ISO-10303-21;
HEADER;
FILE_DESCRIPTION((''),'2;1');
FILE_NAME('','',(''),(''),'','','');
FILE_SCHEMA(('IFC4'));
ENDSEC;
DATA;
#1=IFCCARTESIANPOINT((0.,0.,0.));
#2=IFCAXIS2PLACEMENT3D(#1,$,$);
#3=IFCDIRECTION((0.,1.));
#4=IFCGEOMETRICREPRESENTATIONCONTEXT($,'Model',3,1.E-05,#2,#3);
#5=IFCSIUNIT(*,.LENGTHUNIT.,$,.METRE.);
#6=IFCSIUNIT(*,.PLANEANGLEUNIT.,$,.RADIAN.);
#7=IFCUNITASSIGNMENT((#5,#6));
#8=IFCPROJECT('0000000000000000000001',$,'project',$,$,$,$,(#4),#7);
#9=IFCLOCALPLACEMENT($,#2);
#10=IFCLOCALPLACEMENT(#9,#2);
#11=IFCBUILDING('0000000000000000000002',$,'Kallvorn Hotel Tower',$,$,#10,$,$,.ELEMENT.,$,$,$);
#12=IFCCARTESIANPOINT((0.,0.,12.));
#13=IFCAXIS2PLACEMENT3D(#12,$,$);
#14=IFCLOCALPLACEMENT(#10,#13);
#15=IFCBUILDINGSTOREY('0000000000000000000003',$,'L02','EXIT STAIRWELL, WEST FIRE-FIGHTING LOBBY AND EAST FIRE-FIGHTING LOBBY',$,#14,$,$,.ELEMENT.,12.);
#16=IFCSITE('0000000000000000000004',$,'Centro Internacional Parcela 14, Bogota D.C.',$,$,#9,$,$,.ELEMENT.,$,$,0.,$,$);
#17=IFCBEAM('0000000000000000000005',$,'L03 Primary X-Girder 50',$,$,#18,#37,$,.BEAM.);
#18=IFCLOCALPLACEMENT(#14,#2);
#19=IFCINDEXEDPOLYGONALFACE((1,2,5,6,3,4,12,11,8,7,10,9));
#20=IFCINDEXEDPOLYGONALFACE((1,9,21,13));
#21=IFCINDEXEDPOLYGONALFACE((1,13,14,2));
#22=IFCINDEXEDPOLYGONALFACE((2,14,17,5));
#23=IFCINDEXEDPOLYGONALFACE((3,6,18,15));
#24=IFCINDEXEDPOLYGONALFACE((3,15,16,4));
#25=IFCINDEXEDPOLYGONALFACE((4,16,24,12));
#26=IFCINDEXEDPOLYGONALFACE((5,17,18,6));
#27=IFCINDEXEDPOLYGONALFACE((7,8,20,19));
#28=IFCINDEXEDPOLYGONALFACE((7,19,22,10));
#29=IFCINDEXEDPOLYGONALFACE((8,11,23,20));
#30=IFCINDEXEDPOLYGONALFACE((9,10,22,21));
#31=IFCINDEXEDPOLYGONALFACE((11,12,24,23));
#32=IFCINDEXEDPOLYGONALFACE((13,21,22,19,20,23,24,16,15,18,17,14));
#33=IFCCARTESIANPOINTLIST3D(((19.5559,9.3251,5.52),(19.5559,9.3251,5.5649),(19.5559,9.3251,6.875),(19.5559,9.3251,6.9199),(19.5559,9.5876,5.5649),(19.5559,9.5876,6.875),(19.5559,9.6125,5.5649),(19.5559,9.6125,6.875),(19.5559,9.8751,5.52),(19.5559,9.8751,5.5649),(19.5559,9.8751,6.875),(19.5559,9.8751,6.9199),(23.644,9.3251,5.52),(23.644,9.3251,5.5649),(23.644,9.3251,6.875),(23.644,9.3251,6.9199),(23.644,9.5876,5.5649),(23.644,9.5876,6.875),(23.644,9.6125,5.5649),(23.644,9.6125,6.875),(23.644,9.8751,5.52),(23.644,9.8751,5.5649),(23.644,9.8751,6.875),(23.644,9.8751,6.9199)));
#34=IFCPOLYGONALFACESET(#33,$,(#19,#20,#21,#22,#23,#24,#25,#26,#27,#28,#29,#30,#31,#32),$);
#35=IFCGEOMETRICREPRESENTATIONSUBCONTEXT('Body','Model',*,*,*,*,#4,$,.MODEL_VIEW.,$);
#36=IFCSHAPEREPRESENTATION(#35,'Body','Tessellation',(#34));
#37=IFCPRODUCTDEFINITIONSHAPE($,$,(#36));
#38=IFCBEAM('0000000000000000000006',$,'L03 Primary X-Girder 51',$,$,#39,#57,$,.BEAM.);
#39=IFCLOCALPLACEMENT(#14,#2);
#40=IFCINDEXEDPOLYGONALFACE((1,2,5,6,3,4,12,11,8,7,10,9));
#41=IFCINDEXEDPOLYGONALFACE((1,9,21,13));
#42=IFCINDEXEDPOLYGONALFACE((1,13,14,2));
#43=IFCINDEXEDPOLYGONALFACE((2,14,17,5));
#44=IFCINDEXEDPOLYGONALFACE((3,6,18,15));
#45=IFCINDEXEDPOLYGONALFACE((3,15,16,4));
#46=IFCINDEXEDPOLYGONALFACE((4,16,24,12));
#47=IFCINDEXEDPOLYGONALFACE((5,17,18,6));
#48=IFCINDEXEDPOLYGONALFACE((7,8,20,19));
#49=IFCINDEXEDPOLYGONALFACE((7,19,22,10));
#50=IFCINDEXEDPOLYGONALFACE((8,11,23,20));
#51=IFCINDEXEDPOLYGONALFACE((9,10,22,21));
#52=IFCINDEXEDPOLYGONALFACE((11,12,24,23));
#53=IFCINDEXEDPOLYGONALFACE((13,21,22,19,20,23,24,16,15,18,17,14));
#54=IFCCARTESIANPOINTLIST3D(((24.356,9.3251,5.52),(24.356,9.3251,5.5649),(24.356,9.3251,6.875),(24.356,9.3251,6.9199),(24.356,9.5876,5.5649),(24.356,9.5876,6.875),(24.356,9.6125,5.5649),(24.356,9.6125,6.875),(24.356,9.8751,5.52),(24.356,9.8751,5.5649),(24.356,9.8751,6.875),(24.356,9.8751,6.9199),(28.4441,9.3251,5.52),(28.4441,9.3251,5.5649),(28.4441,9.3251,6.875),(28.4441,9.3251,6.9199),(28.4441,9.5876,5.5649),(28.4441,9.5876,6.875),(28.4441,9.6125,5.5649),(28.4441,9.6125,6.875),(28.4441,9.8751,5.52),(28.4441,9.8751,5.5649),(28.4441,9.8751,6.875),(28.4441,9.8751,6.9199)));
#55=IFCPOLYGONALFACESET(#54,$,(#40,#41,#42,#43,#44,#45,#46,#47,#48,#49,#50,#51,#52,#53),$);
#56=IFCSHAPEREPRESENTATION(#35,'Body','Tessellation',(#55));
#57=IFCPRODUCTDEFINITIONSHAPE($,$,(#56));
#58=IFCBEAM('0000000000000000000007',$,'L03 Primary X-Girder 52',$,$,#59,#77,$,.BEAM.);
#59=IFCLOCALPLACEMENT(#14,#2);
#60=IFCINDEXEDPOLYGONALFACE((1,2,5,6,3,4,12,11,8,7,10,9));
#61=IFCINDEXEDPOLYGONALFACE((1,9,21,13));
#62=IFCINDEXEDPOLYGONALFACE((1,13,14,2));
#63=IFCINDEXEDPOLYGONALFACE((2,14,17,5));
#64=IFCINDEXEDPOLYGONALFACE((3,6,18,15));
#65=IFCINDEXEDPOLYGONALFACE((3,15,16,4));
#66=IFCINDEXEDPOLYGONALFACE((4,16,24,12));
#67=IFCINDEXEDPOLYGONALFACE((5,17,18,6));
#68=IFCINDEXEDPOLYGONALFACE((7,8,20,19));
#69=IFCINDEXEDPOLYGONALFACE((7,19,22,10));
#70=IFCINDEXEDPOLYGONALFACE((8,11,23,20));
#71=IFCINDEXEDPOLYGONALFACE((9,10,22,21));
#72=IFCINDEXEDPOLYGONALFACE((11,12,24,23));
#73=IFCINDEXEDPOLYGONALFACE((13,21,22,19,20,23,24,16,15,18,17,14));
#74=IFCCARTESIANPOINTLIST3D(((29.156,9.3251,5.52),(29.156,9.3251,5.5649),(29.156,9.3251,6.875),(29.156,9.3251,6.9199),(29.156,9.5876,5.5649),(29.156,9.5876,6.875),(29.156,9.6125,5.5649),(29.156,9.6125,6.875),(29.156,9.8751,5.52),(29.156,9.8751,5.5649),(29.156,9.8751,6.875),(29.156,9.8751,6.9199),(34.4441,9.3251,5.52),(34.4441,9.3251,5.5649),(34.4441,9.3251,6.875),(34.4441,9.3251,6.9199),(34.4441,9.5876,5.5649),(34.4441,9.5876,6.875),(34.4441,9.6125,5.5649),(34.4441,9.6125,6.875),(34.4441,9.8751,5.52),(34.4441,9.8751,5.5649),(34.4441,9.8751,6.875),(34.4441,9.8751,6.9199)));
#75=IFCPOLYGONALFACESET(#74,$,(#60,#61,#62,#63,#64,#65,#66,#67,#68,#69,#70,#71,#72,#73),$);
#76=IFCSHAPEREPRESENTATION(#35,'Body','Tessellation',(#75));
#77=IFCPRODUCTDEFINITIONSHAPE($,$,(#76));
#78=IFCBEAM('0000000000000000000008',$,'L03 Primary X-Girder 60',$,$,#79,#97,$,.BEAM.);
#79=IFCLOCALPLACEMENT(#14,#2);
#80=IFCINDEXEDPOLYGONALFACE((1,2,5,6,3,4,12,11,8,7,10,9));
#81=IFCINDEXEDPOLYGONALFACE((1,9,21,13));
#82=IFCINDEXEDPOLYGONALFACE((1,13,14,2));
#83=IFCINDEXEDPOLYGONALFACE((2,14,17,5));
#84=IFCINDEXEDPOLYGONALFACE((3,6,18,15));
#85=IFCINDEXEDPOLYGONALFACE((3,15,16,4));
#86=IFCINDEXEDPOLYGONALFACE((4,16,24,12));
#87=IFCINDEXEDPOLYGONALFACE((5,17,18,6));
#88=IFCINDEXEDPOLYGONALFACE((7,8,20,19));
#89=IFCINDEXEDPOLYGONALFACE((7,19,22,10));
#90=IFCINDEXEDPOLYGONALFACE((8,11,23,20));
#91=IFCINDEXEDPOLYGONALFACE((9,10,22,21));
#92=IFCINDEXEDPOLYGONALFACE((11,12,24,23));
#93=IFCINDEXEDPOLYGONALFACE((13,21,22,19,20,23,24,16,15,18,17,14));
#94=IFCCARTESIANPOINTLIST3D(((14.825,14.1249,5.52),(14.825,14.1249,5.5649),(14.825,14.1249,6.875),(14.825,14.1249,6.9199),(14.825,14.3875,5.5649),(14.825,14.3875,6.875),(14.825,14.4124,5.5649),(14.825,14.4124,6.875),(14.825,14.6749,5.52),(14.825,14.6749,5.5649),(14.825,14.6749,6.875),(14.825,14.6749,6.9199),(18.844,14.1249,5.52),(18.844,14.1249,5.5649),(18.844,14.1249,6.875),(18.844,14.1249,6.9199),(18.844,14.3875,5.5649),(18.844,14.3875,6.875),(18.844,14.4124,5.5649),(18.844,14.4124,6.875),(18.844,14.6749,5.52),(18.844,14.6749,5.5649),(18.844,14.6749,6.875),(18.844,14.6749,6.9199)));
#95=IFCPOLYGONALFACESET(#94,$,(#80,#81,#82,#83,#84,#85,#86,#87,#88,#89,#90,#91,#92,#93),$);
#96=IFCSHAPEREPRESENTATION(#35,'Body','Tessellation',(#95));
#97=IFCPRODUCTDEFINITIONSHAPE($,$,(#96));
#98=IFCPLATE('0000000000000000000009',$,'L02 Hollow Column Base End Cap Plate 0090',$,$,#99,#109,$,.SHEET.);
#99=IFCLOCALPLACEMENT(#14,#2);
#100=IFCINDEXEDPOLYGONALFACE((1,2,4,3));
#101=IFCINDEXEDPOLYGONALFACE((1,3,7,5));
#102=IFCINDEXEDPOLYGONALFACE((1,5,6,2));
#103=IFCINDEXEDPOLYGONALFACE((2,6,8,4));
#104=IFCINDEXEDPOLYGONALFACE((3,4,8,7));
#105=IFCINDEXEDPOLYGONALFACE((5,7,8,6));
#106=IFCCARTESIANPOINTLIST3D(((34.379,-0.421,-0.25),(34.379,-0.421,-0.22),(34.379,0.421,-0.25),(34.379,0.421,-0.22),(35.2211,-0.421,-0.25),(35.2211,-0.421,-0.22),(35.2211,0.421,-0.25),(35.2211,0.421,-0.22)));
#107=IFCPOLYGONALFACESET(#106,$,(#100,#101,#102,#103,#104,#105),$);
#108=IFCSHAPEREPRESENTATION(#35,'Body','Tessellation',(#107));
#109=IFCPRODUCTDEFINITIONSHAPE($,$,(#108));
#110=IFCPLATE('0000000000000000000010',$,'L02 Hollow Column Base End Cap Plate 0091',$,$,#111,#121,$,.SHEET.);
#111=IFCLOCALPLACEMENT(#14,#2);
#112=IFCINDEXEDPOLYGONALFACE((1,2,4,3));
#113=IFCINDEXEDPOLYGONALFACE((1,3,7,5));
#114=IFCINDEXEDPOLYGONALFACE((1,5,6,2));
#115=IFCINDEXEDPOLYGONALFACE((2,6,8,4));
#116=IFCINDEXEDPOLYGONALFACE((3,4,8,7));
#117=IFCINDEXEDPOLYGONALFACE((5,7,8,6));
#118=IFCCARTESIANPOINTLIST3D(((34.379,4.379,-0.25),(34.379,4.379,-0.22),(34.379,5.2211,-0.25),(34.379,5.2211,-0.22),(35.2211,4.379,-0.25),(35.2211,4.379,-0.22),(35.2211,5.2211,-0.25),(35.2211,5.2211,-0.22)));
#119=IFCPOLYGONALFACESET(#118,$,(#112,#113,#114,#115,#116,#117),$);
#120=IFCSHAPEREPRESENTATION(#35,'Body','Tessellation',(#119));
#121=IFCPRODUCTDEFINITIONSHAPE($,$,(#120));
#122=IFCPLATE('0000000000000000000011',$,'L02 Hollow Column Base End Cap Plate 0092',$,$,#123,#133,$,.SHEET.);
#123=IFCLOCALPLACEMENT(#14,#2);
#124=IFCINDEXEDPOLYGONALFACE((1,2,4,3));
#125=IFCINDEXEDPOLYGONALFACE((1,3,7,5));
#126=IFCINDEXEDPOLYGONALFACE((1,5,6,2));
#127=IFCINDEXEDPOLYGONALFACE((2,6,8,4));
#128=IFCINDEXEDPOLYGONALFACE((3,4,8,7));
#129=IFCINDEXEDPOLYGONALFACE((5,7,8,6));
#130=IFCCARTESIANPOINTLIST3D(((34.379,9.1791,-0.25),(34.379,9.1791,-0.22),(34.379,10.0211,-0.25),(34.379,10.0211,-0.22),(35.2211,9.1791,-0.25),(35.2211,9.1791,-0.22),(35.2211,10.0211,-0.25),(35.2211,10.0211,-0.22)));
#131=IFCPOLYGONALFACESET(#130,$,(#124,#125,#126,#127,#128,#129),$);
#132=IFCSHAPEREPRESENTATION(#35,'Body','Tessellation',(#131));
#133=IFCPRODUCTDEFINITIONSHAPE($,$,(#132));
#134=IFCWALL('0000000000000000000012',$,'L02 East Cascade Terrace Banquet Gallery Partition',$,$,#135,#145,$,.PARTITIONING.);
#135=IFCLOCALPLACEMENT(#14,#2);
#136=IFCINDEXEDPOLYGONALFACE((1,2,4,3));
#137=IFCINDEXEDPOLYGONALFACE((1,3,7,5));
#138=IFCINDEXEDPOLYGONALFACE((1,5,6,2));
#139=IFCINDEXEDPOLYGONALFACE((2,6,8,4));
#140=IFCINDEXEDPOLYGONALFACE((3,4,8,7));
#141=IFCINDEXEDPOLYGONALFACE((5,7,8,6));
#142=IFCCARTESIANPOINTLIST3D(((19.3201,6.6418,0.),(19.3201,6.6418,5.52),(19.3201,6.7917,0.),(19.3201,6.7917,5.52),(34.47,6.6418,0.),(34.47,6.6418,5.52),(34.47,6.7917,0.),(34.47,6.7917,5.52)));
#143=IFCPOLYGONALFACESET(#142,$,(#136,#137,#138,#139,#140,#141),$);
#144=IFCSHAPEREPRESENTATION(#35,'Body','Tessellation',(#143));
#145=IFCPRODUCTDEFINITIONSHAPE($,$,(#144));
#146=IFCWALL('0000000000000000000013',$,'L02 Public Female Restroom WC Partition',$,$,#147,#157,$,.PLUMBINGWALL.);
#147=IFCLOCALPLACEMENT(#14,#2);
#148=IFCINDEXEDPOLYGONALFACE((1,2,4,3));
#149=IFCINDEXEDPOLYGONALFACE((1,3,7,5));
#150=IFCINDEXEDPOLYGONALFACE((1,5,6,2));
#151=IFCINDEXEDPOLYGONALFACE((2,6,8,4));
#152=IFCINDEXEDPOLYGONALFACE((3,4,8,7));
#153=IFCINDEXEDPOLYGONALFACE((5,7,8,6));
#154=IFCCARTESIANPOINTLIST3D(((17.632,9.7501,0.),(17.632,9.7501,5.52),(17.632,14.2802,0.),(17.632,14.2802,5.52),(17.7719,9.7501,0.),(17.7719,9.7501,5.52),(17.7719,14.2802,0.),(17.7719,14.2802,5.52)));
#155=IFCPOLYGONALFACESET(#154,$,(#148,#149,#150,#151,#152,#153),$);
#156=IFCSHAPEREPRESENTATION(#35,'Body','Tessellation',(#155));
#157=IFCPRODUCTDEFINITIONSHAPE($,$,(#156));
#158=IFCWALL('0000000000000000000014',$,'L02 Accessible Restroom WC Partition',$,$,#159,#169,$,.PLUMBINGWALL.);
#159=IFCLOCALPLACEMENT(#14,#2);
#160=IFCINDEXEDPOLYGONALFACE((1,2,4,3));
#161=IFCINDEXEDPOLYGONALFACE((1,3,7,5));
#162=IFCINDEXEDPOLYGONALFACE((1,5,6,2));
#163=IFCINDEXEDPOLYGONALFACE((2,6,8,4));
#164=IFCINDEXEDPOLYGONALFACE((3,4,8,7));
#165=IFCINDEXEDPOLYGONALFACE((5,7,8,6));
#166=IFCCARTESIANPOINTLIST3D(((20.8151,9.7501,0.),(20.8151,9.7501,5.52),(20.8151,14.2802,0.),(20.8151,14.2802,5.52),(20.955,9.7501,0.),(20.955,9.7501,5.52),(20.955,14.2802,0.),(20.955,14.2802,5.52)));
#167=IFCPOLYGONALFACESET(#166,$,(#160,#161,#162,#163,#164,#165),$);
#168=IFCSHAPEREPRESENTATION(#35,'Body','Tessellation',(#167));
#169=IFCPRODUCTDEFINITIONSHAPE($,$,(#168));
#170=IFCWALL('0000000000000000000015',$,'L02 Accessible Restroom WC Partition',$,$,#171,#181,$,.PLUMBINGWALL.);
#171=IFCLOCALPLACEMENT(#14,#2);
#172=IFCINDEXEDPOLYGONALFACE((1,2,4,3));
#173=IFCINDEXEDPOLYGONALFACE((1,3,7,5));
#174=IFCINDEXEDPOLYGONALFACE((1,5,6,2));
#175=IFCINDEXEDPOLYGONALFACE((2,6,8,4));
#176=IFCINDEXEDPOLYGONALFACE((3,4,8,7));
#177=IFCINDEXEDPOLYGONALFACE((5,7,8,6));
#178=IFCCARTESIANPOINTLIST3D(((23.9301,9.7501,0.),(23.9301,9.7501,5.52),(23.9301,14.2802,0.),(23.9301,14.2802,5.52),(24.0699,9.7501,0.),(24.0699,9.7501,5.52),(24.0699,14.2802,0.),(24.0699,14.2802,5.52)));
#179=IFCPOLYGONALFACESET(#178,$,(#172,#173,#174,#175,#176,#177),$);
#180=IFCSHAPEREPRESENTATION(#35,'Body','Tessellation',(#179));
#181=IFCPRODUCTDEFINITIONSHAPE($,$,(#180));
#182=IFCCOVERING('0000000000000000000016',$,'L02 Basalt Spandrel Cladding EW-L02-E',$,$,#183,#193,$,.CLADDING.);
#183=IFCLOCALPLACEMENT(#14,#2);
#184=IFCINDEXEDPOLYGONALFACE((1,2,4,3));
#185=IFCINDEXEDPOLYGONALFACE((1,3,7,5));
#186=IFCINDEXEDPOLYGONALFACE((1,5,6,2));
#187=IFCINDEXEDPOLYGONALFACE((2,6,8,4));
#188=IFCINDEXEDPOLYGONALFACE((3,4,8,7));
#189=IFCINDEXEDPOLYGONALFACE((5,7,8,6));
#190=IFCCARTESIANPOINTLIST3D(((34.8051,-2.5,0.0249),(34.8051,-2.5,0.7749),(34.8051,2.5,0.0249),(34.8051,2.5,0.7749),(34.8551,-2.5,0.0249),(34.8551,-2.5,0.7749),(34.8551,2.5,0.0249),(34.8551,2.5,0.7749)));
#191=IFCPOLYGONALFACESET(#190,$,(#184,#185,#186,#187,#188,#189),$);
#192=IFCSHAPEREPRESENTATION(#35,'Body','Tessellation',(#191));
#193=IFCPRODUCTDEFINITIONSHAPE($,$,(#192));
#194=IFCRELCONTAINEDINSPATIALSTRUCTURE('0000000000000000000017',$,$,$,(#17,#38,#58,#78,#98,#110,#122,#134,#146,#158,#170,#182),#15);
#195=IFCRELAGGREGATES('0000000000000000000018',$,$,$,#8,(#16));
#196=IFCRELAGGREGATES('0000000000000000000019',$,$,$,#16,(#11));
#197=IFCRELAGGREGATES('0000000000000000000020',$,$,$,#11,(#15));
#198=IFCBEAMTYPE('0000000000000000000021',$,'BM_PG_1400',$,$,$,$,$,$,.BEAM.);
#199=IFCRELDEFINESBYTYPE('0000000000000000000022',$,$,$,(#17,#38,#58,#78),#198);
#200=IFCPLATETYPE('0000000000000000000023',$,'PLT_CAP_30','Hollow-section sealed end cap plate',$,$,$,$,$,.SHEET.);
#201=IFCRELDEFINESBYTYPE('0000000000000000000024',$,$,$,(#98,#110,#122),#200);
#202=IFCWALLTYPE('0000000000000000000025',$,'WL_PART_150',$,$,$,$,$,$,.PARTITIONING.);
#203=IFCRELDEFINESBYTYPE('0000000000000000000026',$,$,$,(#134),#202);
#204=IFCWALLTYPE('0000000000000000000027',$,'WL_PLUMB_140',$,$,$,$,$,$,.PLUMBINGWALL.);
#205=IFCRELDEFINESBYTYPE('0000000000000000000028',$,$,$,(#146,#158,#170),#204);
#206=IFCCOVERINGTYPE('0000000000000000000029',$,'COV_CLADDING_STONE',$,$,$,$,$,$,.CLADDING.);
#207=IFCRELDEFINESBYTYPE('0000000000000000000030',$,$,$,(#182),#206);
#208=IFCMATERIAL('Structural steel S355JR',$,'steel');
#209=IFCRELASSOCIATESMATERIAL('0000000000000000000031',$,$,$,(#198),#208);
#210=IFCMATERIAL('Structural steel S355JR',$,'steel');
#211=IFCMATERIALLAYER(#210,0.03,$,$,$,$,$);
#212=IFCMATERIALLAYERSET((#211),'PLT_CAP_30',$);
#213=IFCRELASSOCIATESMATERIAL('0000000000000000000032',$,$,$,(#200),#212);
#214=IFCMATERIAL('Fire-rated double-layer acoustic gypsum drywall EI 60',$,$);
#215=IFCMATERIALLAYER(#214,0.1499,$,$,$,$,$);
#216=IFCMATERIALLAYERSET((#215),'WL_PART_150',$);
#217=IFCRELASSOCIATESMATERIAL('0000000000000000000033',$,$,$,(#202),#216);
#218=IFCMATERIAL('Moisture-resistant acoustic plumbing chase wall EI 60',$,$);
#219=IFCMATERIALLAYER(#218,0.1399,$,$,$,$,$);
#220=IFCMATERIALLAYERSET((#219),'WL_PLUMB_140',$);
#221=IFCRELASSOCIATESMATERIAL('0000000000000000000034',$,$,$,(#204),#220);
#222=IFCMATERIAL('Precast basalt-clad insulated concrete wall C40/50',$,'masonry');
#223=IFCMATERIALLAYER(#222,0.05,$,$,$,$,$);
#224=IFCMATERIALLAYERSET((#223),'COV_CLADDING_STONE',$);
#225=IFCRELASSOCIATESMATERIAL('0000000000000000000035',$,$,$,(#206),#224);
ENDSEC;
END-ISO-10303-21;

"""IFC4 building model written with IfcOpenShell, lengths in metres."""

from ifc_helpers import new_model, si_unit, direction, frame, frame_2d, origin, origin_2d, place, context, subcontext, project, spatial, rectangle, i_section, extrude, material, layer, layer_set, material_profile, profile_set, type_object, element, save


model = new_model("IFC4")

# Units and contexts
model_context = context("Model", 3, precision=1e-05, world=origin(), true_north=direction((0.0, 1.0)))
body_context = subcontext(model_context, "Body", "Model", "MODEL_VIEW")
ifc_project = project(units=[si_unit("LENGTHUNIT", "METRE"), si_unit("PLANEANGLEUNIT", "RADIAN")], contexts=[model_context])

# Site, building, storey
site_placement = place(None, origin())
site = spatial("IfcSite", under=ifc_project, at=site_placement, Name="Centro Internacional Parcela 14, Bogota D.C.", CompositionType="ELEMENT", RefElevation=0.0)
building_placement = place(site_placement, origin())
building = spatial("IfcBuilding", under=site, at=building_placement, Name="Kallvorn Hotel Tower", CompositionType="ELEMENT")
storey_placement = place(building_placement, frame((0.0, 0.0, 12.0)))
storey = spatial("IfcBuildingStorey", under=building, at=storey_placement, Name="L02", Description="EXIT STAIRWELL, WEST FIRE-FIGHTING LOBBY AND EAST FIRE-FIGHTING LOBBY", CompositionType="ELEMENT", Elevation=12.0)

# Beams
ifc_material_1 = material(Name="Structural steel S355JR", Category="steel")
ifc_material_profile_1 = material_profile(ifc_material_1, i_section(OverallWidth=0.55, OverallDepth=1.3999, WebThickness=0.0249, FlangeThickness=0.0449, at=origin_2d()), Name="PG 1400x550x25x45")
ifc_profile_set_1 = profile_set([ifc_material_profile_1], Name="Structural steel S355JR")
beam_type_1 = type_object("IfcBeamType", Name="BM_PG_1400", PredefinedType="BEAM", material=ifc_profile_set_1)
for number, where, z_axis, x_axis, name in (
    (1, (19.5559, 9.6001, 6.22), (1.0, 0.0, 0.0), (0.0, 1.0, 0.0), "L03 Primary X-Girder 50"),
    (2, (24.356, 9.6001, 6.22), (1.0, 0.0, 0.0), (0.0, 1.0, 0.0), "L03 Primary X-Girder 51"),
):
    element("IfcBeam", number, at=place(storey_placement, frame(where, z_axis=z_axis, x_axis=x_axis)), inside=storey, type_object=beam_type_1, Name=name, PredefinedType="BEAM", context=body_context, shape_type="SweptSolid", body=[
        extrude(i_section(OverallWidth=0.55, OverallDepth=1.3999, WebThickness=0.0249, FlangeThickness=0.0449, at=origin_2d()), origin(), (0.0, 0.0, 1.0), 4.0881),
    ])
beam_1_placement = place(storey_placement, frame((29.156, 9.6001, 6.22), z_axis=(1.0, 0.0, 0.0), x_axis=(0.0, 1.0, 0.0)))
element("IfcBeam", 3, at=beam_1_placement, inside=storey, type_object=beam_type_1, Name="L03 Primary X-Girder 52", PredefinedType="BEAM", context=body_context, shape_type="SweptSolid", body=[
    extrude(i_section(OverallWidth=0.55, OverallDepth=1.3999, WebThickness=0.0249, FlangeThickness=0.0449, at=origin_2d()), origin(), (0.0, 0.0, 1.0), 5.2881),
])
beam_2_placement = place(storey_placement, frame((14.825, 14.3999, 6.22), z_axis=(1.0, 0.0, 0.0), x_axis=(0.0, 1.0, 0.0)))
element("IfcBeam", 4, at=beam_2_placement, inside=storey, type_object=beam_type_1, Name="L03 Primary X-Girder 60", PredefinedType="BEAM", context=body_context, shape_type="SweptSolid", body=[
    extrude(i_section(OverallWidth=0.55, OverallDepth=1.3999, WebThickness=0.0249, FlangeThickness=0.0449, at=origin_2d()), origin(), (0.0, 0.0, 1.0), 4.019),
])

# Plates
ifc_material_2 = material(Name="Structural steel S355JR", Category="steel")
ifc_layer_1 = layer(ifc_material_2, 0.03)
ifc_layer_set_1 = layer_set([ifc_layer_1], Name="PLT_CAP_30")
plate_type = type_object("IfcPlateType", Name="PLT_CAP_30", Description="Hollow-section sealed end cap plate", PredefinedType="SHEET", material=ifc_layer_set_1)
for number, where, z_axis, x_axis, name in (
    (5, (34.8, 0.0, -0.25), (0.0, 0.0, 1.0), (1.0, 0.0, 0.0), "L02 Hollow Column Base End Cap Plate 0090"),
    (6, (34.8, 4.8, -0.25), (0.0, 0.0, 1.0), (1.0, 0.0, 0.0), "L02 Hollow Column Base End Cap Plate 0091"),
    (7, (34.8, 9.6001, -0.25), (0.0, 0.0, 1.0), (1.0, 0.0, 0.0), "L02 Hollow Column Base End Cap Plate 0092"),
):
    element("IfcPlate", number, at=place(storey_placement, frame(where, z_axis=z_axis, x_axis=x_axis)), inside=storey, type_object=plate_type, Name=name, PredefinedType="SHEET", context=body_context, shape_type="SweptSolid", body=[
        extrude(rectangle(XDim=0.842, YDim=0.842, at=origin_2d()), origin(), (0.0, 0.0, 1.0), 0.03),
    ])

# Walls
ifc_material_3 = material(Name="Fire-rated double-layer acoustic gypsum drywall EI 60")
ifc_layer_2 = layer(ifc_material_3, 0.1499)
ifc_layer_set_2 = layer_set([ifc_layer_2], Name="WL_PART_150")
wall_type_1 = type_object("IfcWallType", Name="WL_PART_150", PredefinedType="PARTITIONING", material=ifc_layer_set_2)
wall_placement = place(storey_placement, frame((19.3201, 6.7168, 0.0), z_axis=(0.0, 0.0, 1.0), x_axis=(1.0, 0.0, 0.0)))
element("IfcWall", 8, at=wall_placement, inside=storey, type_object=wall_type_1, Name="L02 East Cascade Terrace Banquet Gallery Partition", PredefinedType="PARTITIONING", context=body_context, shape_type="SweptSolid", body=[
    extrude(rectangle(XDim=15.1499, YDim=0.1499, at=frame_2d((7.575, 0.0))), origin(), (0.0, 0.0, 1.0), 5.52),
])
ifc_material_4 = material(Name="Moisture-resistant acoustic plumbing chase wall EI 60")
ifc_layer_3 = layer(ifc_material_4, 0.1399)
ifc_layer_set_3 = layer_set([ifc_layer_3], Name="WL_PLUMB_140")
wall_type_2 = type_object("IfcWallType", Name="WL_PLUMB_140", PredefinedType="PLUMBINGWALL", material=ifc_layer_set_3)
for number, where, z_axis, x_axis, name in (
    (9, (17.7019, 9.75, 0.0), (0.0, 0.0, 1.0), (0.0, 1.0, 0.0), "L02 Public Female Restroom WC Partition"),
    (10, (20.885, 9.75, 0.0), (0.0, 0.0, 1.0), (0.0, 1.0, 0.0), "L02 Accessible Restroom WC Partition"),
    (11, (24.0, 9.75, 0.0), (0.0, 0.0, 1.0), (0.0, 1.0, 0.0), "L02 Accessible Restroom WC Partition"),
):
    element("IfcWall", number, at=place(storey_placement, frame(where, z_axis=z_axis, x_axis=x_axis)), inside=storey, type_object=wall_type_2, Name=name, PredefinedType="PLUMBINGWALL", context=body_context, shape_type="SweptSolid", body=[
        extrude(rectangle(XDim=4.53, YDim=0.1399, at=frame_2d((2.2651, 0.0))), origin(), (0.0, 0.0, 1.0), 5.52),
    ])

# Covering
ifc_material_5 = material(Name="Precast basalt-clad insulated concrete wall C40/50", Category="masonry")
ifc_layer_4 = layer(ifc_material_5, 0.05)
ifc_layer_set_4 = layer_set([ifc_layer_4], Name="COV_CLADDING_STONE")
covering_type = type_object("IfcCoveringType", Name="COV_CLADDING_STONE", PredefinedType="CLADDING", material=ifc_layer_set_4)
covering_placement = place(storey_placement, frame((34.8301, 0.0, 0.0249), z_axis=(0.0, 0.0, 1.0), x_axis=(0.0, 1.0, 0.0)))
element("IfcCovering", 12, at=covering_placement, inside=storey, type_object=covering_type, Name="L02 Basalt Spandrel Cladding EW-L02-E", PredefinedType="CLADDING", context=body_context, shape_type="SweptSolid", body=[
    extrude(rectangle(XDim=5.0, YDim=0.05, at=origin_2d()), origin(), (0.0, 0.0, 1.0), 0.75),
])

save(model, "model.ifc")
